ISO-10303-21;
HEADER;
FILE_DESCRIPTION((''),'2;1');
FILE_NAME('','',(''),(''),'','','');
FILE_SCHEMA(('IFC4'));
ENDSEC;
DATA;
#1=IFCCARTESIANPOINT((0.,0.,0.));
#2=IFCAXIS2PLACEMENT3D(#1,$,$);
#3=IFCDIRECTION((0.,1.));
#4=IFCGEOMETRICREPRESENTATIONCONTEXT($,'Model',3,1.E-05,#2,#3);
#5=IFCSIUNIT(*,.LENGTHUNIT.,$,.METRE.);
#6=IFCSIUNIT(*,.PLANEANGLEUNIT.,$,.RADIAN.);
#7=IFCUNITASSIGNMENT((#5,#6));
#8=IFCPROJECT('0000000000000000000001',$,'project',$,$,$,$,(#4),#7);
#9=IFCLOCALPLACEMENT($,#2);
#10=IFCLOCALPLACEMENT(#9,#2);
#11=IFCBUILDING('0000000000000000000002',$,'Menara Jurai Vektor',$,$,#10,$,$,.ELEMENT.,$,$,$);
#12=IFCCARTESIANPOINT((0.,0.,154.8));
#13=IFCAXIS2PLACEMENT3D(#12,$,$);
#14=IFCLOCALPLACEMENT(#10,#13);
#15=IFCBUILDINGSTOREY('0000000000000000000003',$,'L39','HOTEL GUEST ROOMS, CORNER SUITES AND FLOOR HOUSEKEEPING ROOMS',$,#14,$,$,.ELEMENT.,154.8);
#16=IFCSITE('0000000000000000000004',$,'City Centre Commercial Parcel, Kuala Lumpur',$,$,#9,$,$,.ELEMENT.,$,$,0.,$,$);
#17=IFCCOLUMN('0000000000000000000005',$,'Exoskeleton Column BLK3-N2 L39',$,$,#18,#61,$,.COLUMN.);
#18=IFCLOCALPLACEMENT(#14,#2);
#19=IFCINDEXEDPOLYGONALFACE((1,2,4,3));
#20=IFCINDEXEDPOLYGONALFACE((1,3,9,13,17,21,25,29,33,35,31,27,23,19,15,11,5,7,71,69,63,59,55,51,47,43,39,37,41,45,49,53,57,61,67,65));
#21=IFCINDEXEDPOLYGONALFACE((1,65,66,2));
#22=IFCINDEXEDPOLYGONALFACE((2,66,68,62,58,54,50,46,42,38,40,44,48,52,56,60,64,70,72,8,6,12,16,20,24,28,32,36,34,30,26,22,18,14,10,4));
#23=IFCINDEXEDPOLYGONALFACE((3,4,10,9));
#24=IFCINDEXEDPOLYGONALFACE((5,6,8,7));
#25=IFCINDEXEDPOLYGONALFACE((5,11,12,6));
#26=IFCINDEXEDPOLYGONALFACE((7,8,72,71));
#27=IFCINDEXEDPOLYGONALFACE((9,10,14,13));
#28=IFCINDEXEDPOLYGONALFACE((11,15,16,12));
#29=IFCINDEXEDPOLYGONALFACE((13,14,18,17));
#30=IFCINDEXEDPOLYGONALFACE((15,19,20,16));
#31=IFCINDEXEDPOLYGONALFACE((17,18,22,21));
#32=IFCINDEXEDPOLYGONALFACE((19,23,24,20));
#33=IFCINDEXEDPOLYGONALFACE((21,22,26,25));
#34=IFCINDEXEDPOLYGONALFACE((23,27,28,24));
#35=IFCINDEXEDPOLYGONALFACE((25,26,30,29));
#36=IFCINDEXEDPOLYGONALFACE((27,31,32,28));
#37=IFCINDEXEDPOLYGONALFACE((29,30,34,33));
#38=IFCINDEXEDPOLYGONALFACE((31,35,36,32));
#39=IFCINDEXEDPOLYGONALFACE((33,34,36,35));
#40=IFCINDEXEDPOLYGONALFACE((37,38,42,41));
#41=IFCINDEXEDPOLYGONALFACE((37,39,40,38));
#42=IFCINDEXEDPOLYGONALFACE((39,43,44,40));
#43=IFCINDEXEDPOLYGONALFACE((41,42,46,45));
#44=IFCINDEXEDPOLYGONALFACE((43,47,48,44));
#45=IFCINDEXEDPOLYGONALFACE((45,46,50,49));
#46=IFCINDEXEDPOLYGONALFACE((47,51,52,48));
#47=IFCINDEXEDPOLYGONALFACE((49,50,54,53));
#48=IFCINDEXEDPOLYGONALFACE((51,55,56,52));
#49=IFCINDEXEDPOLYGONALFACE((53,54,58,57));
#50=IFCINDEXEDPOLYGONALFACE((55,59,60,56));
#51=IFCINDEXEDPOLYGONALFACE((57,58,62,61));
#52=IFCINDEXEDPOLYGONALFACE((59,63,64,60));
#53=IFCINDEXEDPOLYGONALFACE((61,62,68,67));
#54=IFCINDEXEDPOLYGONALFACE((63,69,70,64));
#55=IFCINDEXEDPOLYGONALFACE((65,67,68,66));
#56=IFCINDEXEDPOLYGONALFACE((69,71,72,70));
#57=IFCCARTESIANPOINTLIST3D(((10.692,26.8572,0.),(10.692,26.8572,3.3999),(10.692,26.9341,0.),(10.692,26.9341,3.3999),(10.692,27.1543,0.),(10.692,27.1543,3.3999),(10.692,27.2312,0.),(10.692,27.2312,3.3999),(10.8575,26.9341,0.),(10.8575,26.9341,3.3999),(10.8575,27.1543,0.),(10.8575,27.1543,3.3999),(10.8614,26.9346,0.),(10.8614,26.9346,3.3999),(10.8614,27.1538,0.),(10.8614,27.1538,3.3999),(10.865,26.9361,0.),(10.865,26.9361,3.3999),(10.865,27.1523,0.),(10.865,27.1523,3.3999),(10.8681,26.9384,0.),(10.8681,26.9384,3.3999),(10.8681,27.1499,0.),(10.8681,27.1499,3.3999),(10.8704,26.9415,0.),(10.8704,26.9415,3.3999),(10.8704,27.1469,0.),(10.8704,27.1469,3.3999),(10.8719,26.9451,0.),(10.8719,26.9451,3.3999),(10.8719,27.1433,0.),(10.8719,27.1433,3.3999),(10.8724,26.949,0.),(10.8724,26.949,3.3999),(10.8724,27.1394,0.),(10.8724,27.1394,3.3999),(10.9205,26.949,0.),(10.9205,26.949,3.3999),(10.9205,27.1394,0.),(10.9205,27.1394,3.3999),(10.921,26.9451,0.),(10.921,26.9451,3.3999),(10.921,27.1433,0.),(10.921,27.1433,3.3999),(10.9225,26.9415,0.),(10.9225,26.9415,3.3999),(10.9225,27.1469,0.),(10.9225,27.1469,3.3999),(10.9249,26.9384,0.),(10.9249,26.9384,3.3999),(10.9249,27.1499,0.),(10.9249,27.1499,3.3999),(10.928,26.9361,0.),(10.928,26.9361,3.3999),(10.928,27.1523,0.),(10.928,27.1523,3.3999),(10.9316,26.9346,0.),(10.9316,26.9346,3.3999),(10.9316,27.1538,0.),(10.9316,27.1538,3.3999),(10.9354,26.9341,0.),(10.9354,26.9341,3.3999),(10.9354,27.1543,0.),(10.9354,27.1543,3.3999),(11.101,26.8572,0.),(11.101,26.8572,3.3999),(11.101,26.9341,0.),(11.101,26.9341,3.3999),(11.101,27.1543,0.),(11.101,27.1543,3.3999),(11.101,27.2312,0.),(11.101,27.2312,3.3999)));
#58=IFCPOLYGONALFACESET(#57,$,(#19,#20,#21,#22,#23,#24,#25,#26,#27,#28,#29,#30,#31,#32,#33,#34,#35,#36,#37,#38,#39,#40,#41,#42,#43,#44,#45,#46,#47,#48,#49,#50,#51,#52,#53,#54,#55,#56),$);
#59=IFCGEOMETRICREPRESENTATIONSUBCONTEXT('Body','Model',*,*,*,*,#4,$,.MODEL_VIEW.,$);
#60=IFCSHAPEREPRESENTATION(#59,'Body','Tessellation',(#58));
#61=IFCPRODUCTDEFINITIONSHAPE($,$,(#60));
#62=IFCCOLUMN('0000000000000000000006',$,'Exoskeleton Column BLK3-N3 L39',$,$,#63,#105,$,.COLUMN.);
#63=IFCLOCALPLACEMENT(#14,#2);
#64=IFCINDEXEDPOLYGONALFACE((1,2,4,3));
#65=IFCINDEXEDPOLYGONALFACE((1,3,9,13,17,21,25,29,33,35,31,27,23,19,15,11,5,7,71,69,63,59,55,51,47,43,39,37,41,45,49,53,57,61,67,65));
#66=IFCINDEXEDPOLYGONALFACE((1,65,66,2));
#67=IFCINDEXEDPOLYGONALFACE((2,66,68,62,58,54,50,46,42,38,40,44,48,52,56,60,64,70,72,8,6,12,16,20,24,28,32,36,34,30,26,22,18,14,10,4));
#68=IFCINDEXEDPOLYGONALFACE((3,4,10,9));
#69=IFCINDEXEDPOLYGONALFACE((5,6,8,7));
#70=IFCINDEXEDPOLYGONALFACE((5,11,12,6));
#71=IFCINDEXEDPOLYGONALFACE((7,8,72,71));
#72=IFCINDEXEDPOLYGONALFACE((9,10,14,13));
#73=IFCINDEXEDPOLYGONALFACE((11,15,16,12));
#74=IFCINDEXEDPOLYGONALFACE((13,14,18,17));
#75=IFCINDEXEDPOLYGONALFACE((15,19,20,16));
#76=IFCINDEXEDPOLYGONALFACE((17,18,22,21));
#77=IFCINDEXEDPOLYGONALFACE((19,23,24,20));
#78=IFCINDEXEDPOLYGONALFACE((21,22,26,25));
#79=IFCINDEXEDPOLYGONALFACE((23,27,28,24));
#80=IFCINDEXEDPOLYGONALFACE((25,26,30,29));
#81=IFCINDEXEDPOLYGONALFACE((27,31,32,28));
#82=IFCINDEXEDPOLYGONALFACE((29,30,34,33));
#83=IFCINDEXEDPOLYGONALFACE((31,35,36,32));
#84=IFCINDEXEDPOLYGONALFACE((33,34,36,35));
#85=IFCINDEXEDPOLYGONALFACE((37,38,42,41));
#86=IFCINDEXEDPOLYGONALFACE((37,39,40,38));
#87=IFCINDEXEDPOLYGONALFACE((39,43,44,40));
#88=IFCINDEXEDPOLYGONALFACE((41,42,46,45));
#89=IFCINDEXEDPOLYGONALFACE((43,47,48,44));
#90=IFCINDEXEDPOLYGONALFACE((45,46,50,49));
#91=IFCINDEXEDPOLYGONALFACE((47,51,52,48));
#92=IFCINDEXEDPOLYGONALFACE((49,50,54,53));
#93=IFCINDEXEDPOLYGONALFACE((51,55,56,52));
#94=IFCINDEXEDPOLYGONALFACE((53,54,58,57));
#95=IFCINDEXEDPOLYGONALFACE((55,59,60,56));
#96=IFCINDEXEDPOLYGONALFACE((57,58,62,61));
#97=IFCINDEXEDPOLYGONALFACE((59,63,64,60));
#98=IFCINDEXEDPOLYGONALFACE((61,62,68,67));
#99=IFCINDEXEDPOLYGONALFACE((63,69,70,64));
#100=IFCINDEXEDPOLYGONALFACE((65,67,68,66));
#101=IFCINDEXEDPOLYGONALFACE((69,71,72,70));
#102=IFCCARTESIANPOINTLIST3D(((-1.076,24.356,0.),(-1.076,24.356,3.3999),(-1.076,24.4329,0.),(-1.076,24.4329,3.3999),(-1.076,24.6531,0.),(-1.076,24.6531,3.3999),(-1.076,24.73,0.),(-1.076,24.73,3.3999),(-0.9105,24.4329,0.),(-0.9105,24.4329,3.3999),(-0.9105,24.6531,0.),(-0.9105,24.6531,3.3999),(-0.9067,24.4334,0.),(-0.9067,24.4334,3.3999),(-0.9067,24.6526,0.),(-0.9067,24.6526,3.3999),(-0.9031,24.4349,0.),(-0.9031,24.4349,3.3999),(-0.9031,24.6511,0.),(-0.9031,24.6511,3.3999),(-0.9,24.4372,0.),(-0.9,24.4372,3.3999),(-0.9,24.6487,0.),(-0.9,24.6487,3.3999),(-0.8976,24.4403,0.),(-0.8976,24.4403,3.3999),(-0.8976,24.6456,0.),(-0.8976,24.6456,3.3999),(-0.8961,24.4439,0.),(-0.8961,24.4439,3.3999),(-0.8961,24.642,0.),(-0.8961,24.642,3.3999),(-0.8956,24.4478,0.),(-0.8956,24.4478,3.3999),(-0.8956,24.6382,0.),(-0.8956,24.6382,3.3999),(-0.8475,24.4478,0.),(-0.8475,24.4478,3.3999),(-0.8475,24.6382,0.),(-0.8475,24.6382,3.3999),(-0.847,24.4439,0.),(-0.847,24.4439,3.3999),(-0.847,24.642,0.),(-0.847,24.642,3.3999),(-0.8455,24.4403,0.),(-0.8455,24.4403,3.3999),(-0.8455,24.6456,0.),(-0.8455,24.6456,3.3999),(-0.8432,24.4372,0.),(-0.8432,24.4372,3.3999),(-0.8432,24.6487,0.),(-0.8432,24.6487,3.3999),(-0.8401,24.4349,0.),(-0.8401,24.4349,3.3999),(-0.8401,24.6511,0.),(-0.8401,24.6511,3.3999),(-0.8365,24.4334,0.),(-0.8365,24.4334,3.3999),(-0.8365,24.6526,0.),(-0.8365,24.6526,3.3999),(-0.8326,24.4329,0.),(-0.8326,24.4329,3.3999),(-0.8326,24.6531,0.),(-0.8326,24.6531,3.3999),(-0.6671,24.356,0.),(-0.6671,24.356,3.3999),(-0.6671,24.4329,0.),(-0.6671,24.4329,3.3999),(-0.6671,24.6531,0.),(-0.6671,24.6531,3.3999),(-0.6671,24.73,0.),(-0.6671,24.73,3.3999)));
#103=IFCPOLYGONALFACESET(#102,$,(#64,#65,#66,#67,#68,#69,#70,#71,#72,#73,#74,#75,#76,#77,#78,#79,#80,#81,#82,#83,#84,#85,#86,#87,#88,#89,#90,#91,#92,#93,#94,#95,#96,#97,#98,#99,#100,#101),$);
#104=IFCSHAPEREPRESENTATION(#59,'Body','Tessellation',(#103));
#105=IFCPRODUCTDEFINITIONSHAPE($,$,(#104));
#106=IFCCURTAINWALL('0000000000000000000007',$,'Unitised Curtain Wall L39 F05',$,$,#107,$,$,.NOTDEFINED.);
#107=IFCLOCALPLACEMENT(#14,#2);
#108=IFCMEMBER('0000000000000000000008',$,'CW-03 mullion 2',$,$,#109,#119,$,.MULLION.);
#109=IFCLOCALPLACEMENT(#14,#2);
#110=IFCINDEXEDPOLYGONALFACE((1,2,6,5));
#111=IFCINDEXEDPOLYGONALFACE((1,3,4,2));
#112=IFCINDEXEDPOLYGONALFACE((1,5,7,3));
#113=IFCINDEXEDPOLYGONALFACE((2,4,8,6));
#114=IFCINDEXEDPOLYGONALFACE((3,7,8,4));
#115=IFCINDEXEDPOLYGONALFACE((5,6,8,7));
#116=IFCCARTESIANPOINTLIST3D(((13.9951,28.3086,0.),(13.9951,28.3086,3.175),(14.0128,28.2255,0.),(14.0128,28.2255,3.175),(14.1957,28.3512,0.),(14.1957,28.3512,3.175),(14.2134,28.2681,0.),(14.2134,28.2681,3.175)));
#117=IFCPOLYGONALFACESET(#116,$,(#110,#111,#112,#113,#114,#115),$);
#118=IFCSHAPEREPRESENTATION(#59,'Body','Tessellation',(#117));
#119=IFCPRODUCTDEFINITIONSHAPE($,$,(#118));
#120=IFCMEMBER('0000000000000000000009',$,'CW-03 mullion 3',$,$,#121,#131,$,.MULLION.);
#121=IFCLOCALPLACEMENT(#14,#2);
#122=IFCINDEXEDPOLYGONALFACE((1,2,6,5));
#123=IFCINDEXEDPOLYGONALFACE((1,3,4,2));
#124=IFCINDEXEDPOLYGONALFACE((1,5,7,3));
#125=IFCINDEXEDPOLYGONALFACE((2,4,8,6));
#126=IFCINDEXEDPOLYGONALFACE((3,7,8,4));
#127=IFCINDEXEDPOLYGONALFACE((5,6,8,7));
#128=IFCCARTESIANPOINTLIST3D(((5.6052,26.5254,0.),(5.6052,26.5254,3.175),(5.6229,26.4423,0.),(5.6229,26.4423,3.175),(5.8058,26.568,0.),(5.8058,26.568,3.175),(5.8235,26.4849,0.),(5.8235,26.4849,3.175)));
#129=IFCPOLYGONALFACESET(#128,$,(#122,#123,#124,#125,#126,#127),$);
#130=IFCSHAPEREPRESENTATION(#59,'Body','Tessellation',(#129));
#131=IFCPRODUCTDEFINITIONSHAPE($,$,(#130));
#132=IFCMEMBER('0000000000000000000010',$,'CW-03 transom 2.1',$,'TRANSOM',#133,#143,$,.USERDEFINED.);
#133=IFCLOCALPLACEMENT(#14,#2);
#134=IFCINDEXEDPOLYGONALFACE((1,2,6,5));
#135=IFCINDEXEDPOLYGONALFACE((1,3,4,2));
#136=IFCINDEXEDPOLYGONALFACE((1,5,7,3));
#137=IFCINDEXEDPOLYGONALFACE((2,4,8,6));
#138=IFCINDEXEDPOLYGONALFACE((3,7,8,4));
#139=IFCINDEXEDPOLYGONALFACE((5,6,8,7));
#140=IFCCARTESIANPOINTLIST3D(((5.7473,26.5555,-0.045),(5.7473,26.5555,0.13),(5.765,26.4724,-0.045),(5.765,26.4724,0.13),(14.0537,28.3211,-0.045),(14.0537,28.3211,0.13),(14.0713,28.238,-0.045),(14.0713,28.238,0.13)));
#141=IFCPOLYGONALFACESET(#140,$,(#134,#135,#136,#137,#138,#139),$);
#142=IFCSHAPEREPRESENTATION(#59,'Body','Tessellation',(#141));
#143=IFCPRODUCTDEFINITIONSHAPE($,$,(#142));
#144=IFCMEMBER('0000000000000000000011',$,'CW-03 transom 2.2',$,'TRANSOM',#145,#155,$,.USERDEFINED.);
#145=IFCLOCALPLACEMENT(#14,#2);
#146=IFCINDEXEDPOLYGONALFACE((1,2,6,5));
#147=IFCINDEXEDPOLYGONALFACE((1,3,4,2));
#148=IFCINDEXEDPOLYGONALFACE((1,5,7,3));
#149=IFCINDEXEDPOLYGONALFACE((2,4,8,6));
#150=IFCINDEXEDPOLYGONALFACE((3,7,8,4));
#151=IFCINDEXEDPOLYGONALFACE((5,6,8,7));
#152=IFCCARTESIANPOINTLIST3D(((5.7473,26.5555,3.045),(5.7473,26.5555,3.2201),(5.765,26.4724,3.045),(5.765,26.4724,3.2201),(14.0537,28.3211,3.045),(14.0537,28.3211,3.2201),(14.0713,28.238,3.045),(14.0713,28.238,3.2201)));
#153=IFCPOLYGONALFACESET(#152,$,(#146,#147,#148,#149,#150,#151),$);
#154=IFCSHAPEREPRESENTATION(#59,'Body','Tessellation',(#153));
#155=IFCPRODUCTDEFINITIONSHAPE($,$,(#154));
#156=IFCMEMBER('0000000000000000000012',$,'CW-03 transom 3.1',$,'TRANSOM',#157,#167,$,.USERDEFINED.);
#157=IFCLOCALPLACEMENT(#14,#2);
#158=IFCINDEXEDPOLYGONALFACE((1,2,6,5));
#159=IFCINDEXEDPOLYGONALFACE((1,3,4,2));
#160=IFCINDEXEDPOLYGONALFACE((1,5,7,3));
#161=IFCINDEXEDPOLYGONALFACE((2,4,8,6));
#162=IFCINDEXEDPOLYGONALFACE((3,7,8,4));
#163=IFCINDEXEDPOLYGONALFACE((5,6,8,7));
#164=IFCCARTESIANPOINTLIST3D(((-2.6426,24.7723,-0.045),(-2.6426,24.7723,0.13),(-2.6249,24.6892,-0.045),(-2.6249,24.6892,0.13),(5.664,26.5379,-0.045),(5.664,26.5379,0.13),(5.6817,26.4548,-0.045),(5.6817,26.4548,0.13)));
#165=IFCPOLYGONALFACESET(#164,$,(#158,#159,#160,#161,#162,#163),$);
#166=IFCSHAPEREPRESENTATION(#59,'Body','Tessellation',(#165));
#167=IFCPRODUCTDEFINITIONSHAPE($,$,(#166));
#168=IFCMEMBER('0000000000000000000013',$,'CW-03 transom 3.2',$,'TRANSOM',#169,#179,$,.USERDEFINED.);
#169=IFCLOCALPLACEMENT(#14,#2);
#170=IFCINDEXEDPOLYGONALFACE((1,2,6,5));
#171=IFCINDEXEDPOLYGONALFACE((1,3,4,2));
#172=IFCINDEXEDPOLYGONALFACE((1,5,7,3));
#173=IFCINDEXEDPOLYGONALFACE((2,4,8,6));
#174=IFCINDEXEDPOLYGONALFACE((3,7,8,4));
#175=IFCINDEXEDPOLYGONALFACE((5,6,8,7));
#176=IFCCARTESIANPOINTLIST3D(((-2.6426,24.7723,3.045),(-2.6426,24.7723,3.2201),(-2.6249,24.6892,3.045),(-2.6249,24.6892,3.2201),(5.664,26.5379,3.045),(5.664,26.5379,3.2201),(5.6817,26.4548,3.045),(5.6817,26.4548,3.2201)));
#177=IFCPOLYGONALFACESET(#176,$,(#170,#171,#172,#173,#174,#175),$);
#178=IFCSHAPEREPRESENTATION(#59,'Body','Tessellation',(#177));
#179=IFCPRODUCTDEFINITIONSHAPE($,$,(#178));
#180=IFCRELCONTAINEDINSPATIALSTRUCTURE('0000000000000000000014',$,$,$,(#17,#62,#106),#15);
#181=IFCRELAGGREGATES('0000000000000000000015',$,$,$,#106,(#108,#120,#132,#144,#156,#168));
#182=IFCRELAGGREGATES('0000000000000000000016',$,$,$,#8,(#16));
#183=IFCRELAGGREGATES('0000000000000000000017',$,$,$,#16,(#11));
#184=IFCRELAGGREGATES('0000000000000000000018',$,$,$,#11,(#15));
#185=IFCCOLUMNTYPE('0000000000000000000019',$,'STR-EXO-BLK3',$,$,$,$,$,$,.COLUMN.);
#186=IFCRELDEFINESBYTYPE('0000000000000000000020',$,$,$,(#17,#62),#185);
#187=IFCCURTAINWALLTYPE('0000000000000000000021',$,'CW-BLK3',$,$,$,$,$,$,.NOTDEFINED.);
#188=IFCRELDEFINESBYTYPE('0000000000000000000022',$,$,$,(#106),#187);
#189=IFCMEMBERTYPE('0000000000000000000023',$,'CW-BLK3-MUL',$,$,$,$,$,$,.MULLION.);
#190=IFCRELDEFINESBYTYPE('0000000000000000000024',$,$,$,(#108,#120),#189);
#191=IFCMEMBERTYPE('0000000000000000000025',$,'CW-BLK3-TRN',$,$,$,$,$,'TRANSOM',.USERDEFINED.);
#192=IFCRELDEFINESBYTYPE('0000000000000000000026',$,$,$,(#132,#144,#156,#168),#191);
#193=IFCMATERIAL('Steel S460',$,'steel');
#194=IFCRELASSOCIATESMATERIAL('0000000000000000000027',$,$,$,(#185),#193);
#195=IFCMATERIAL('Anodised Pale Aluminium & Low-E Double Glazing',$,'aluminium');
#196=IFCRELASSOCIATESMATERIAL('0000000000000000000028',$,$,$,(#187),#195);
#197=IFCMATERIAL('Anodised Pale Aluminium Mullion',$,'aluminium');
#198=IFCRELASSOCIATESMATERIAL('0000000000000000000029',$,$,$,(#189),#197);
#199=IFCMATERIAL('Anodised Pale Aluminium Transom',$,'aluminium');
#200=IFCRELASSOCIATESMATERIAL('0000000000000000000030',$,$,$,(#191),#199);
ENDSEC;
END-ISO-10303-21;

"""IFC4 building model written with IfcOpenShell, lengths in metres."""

from ifc_helpers import new_model, si_unit, direction, frame, origin, origin_2d, place, context, subcontext, project, spatial, rectangle, i_section, extrude, material, material_profile, profile_set, type_object, element, aggregate, save


model = new_model("IFC4")

# Units and contexts
model_context = context("Model", 3, precision=1e-05, world=origin(), true_north=direction((0.0, 1.0)))
body_context = subcontext(model_context, "Body", "Model", "MODEL_VIEW")
ifc_project = project(units=[si_unit("LENGTHUNIT", "METRE"), si_unit("PLANEANGLEUNIT", "RADIAN")], contexts=[model_context])

# Site, building, storey
site_placement = place(None, origin())
site = spatial("IfcSite", under=ifc_project, at=site_placement, Name="City Centre Commercial Parcel, Kuala Lumpur", CompositionType="ELEMENT", RefElevation=0.0)
building_placement = place(site_placement, origin())
building = spatial("IfcBuilding", under=site, at=building_placement, Name="Menara Jurai Vektor", CompositionType="ELEMENT")
storey_placement = place(building_placement, frame((0.0, 0.0, 154.8)))
storey = spatial("IfcBuildingStorey", under=building, at=storey_placement, Name="L39", Description="HOTEL GUEST ROOMS, CORNER SUITES AND FLOOR HOUSEKEEPING ROOMS", CompositionType="ELEMENT", Elevation=154.8)

# Columns
ifc_material_1 = material(Name="Steel S460", Category="steel")
ifc_material_profile_1 = material_profile(ifc_material_1, i_section(OverallWidth=0.4089, OverallDepth=0.374, WebThickness=0.0481, FlangeThickness=0.0769, FilletRadius=0.0149, at=origin_2d()), Name="HD 400x634")
ifc_profile_set_1 = profile_set([ifc_material_profile_1], Name="Steel S460")
column_type = type_object("IfcColumnType", Name="STR-EXO-BLK3", PredefinedType="COLUMN", material=ifc_profile_set_1)
for number, where, z_axis, x_axis, name in (
    (1, (10.8965, 27.0442, 0.0), (0.0, 0.0, 1.0), (1.0, 0.0, 0.0), "Exoskeleton Column BLK3-N2 L39"),
    (2, (-0.8716, 24.543, 0.0), (0.0, 0.0, 1.0), (1.0, 0.0, 0.0), "Exoskeleton Column BLK3-N3 L39"),
):
    element("IfcColumn", number, at=place(storey_placement, frame(where, z_axis=z_axis, x_axis=x_axis)), inside=storey, type_object=column_type, Name=name, PredefinedType="COLUMN", context=body_context, shape_type="SweptSolid", body=[
        extrude(i_section(OverallWidth=0.4089, OverallDepth=0.374, WebThickness=0.0481, FlangeThickness=0.0769, FilletRadius=0.0149, at=origin_2d()), origin(), (0.0, 0.0, 1.0), 3.3999),
    ])

# Curtain wall, members
ifc_material_2 = material(Name="Anodised Pale Aluminium & Low-E Double Glazing", Category="aluminium")
curtain_wall_type = type_object("IfcCurtainWallType", Name="CW-BLK3", PredefinedType="NOTDEFINED", material=ifc_material_2)
curtain_wall_placement = place(storey_placement, origin())
curtain_wall = element("IfcCurtainWall", 3, at=curtain_wall_placement, inside=storey, type_object=curtain_wall_type, Name="Unitised Curtain Wall L39 F05", PredefinedType="NOTDEFINED")
ifc_material_3 = material(Name="Anodised Pale Aluminium Mullion", Category="aluminium")
ifc_material_profile_2 = material_profile(ifc_material_3, rectangle(XDim=0.085, YDim=0.2051, at=origin_2d()), Name="ALU MUL 85x205")
ifc_profile_set_2 = profile_set([ifc_material_profile_2], Name="Anodised Pale Aluminium Mullion")
member_type_1 = type_object("IfcMemberType", Name="CW-BLK3-MUL", PredefinedType="MULLION", material=ifc_profile_set_2)
member_1_placement = place(storey_placement, frame((14.1042, 28.2883, 0.0), z_axis=(0.0, 0.0, 1.0), x_axis=(0.207911, -0.978148, 0.0)))
member_1 = element("IfcMember", 4, at=member_1_placement, type_object=member_type_1, Name="CW-03 mullion 2", PredefinedType="MULLION", context=body_context, shape_type="SweptSolid", body=[
    extrude(rectangle(XDim=0.085, YDim=0.2051, at=origin_2d()), origin(), (0.0, 0.0, 1.0), 3.175),
])
member_2_placement = place(storey_placement, frame((5.7144, 26.5051, 0.0), z_axis=(0.0, 0.0, 1.0), x_axis=(0.207911, -0.978148, 0.0)))
member_2 = element("IfcMember", 5, at=member_2_placement, type_object=member_type_1, Name="CW-03 mullion 3", PredefinedType="MULLION", context=body_context, shape_type="SweptSolid", body=[
    extrude(rectangle(XDim=0.085, YDim=0.2051, at=origin_2d()), origin(), (0.0, 0.0, 1.0), 3.175),
])
ifc_material_4 = material(Name="Anodised Pale Aluminium Transom", Category="aluminium")
ifc_material_profile_3 = material_profile(ifc_material_4, rectangle(XDim=0.085, YDim=0.175, at=origin_2d()), Name="ALU TRN 85x175")
ifc_profile_set_3 = profile_set([ifc_material_profile_3], Name="Anodised Pale Aluminium Transom")
member_type_2 = type_object("IfcMemberType", Name="CW-BLK3-TRN", ElementType="TRANSOM", PredefinedType="USERDEFINED", material=ifc_profile_set_3)
member_3_placement = place(storey_placement, frame((14.0625, 28.2795, 0.0425), z_axis=(-0.978147, -0.207917, 0.0), x_axis=(0.207917, -0.978147, 0.0)))
member_3 = element("IfcMember", 6, at=member_3_placement, type_object=member_type_2, Name="CW-03 transom 2.1", ObjectType="TRANSOM", PredefinedType="USERDEFINED", context=body_context, shape_type="SweptSolid", body=[
    extrude(rectangle(XDim=0.085, YDim=0.175, at=origin_2d()), origin(), (0.0, 0.0, 1.0), 8.4919),
])
member_4_placement = place(storey_placement, frame((14.0625, 28.2795, 3.1326), z_axis=(-0.978147, -0.207917, 0.0), x_axis=(0.207917, -0.978147, 0.0)))
member_4 = element("IfcMember", 7, at=member_4_placement, type_object=member_type_2, Name="CW-03 transom 2.2", ObjectType="TRANSOM", PredefinedType="USERDEFINED", context=body_context, shape_type="SweptSolid", body=[
    extrude(rectangle(XDim=0.085, YDim=0.175, at=origin_2d()), origin(), (0.0, 0.0, 1.0), 8.4919),
])
member_5_placement = place(storey_placement, frame((5.6729, 26.4963, 0.0425), z_axis=(-0.978148, -0.207911, 0.0), x_axis=(0.207911, -0.978148, 0.0)))
member_5 = element("IfcMember", 8, at=member_5_placement, type_object=member_type_2, Name="CW-03 transom 3.1", ObjectType="TRANSOM", PredefinedType="USERDEFINED", context=body_context, shape_type="SweptSolid", body=[
    extrude(rectangle(XDim=0.085, YDim=0.175, at=origin_2d()), origin(), (0.0, 0.0, 1.0), 8.4922),
])
member_6_placement = place(storey_placement, frame((5.6729, 26.4963, 3.1326), z_axis=(-0.978148, -0.207911, 0.0), x_axis=(0.207911, -0.978148, 0.0)))
member_6 = element("IfcMember", 9, at=member_6_placement, type_object=member_type_2, Name="CW-03 transom 3.2", ObjectType="TRANSOM", PredefinedType="USERDEFINED", context=body_context, shape_type="SweptSolid", body=[
    extrude(rectangle(XDim=0.085, YDim=0.175, at=origin_2d()), origin(), (0.0, 0.0, 1.0), 8.4922),
])

aggregate(curtain_wall, [member_1, member_2, member_3, member_4, member_5, member_6])

save(model, "model.ifc")
